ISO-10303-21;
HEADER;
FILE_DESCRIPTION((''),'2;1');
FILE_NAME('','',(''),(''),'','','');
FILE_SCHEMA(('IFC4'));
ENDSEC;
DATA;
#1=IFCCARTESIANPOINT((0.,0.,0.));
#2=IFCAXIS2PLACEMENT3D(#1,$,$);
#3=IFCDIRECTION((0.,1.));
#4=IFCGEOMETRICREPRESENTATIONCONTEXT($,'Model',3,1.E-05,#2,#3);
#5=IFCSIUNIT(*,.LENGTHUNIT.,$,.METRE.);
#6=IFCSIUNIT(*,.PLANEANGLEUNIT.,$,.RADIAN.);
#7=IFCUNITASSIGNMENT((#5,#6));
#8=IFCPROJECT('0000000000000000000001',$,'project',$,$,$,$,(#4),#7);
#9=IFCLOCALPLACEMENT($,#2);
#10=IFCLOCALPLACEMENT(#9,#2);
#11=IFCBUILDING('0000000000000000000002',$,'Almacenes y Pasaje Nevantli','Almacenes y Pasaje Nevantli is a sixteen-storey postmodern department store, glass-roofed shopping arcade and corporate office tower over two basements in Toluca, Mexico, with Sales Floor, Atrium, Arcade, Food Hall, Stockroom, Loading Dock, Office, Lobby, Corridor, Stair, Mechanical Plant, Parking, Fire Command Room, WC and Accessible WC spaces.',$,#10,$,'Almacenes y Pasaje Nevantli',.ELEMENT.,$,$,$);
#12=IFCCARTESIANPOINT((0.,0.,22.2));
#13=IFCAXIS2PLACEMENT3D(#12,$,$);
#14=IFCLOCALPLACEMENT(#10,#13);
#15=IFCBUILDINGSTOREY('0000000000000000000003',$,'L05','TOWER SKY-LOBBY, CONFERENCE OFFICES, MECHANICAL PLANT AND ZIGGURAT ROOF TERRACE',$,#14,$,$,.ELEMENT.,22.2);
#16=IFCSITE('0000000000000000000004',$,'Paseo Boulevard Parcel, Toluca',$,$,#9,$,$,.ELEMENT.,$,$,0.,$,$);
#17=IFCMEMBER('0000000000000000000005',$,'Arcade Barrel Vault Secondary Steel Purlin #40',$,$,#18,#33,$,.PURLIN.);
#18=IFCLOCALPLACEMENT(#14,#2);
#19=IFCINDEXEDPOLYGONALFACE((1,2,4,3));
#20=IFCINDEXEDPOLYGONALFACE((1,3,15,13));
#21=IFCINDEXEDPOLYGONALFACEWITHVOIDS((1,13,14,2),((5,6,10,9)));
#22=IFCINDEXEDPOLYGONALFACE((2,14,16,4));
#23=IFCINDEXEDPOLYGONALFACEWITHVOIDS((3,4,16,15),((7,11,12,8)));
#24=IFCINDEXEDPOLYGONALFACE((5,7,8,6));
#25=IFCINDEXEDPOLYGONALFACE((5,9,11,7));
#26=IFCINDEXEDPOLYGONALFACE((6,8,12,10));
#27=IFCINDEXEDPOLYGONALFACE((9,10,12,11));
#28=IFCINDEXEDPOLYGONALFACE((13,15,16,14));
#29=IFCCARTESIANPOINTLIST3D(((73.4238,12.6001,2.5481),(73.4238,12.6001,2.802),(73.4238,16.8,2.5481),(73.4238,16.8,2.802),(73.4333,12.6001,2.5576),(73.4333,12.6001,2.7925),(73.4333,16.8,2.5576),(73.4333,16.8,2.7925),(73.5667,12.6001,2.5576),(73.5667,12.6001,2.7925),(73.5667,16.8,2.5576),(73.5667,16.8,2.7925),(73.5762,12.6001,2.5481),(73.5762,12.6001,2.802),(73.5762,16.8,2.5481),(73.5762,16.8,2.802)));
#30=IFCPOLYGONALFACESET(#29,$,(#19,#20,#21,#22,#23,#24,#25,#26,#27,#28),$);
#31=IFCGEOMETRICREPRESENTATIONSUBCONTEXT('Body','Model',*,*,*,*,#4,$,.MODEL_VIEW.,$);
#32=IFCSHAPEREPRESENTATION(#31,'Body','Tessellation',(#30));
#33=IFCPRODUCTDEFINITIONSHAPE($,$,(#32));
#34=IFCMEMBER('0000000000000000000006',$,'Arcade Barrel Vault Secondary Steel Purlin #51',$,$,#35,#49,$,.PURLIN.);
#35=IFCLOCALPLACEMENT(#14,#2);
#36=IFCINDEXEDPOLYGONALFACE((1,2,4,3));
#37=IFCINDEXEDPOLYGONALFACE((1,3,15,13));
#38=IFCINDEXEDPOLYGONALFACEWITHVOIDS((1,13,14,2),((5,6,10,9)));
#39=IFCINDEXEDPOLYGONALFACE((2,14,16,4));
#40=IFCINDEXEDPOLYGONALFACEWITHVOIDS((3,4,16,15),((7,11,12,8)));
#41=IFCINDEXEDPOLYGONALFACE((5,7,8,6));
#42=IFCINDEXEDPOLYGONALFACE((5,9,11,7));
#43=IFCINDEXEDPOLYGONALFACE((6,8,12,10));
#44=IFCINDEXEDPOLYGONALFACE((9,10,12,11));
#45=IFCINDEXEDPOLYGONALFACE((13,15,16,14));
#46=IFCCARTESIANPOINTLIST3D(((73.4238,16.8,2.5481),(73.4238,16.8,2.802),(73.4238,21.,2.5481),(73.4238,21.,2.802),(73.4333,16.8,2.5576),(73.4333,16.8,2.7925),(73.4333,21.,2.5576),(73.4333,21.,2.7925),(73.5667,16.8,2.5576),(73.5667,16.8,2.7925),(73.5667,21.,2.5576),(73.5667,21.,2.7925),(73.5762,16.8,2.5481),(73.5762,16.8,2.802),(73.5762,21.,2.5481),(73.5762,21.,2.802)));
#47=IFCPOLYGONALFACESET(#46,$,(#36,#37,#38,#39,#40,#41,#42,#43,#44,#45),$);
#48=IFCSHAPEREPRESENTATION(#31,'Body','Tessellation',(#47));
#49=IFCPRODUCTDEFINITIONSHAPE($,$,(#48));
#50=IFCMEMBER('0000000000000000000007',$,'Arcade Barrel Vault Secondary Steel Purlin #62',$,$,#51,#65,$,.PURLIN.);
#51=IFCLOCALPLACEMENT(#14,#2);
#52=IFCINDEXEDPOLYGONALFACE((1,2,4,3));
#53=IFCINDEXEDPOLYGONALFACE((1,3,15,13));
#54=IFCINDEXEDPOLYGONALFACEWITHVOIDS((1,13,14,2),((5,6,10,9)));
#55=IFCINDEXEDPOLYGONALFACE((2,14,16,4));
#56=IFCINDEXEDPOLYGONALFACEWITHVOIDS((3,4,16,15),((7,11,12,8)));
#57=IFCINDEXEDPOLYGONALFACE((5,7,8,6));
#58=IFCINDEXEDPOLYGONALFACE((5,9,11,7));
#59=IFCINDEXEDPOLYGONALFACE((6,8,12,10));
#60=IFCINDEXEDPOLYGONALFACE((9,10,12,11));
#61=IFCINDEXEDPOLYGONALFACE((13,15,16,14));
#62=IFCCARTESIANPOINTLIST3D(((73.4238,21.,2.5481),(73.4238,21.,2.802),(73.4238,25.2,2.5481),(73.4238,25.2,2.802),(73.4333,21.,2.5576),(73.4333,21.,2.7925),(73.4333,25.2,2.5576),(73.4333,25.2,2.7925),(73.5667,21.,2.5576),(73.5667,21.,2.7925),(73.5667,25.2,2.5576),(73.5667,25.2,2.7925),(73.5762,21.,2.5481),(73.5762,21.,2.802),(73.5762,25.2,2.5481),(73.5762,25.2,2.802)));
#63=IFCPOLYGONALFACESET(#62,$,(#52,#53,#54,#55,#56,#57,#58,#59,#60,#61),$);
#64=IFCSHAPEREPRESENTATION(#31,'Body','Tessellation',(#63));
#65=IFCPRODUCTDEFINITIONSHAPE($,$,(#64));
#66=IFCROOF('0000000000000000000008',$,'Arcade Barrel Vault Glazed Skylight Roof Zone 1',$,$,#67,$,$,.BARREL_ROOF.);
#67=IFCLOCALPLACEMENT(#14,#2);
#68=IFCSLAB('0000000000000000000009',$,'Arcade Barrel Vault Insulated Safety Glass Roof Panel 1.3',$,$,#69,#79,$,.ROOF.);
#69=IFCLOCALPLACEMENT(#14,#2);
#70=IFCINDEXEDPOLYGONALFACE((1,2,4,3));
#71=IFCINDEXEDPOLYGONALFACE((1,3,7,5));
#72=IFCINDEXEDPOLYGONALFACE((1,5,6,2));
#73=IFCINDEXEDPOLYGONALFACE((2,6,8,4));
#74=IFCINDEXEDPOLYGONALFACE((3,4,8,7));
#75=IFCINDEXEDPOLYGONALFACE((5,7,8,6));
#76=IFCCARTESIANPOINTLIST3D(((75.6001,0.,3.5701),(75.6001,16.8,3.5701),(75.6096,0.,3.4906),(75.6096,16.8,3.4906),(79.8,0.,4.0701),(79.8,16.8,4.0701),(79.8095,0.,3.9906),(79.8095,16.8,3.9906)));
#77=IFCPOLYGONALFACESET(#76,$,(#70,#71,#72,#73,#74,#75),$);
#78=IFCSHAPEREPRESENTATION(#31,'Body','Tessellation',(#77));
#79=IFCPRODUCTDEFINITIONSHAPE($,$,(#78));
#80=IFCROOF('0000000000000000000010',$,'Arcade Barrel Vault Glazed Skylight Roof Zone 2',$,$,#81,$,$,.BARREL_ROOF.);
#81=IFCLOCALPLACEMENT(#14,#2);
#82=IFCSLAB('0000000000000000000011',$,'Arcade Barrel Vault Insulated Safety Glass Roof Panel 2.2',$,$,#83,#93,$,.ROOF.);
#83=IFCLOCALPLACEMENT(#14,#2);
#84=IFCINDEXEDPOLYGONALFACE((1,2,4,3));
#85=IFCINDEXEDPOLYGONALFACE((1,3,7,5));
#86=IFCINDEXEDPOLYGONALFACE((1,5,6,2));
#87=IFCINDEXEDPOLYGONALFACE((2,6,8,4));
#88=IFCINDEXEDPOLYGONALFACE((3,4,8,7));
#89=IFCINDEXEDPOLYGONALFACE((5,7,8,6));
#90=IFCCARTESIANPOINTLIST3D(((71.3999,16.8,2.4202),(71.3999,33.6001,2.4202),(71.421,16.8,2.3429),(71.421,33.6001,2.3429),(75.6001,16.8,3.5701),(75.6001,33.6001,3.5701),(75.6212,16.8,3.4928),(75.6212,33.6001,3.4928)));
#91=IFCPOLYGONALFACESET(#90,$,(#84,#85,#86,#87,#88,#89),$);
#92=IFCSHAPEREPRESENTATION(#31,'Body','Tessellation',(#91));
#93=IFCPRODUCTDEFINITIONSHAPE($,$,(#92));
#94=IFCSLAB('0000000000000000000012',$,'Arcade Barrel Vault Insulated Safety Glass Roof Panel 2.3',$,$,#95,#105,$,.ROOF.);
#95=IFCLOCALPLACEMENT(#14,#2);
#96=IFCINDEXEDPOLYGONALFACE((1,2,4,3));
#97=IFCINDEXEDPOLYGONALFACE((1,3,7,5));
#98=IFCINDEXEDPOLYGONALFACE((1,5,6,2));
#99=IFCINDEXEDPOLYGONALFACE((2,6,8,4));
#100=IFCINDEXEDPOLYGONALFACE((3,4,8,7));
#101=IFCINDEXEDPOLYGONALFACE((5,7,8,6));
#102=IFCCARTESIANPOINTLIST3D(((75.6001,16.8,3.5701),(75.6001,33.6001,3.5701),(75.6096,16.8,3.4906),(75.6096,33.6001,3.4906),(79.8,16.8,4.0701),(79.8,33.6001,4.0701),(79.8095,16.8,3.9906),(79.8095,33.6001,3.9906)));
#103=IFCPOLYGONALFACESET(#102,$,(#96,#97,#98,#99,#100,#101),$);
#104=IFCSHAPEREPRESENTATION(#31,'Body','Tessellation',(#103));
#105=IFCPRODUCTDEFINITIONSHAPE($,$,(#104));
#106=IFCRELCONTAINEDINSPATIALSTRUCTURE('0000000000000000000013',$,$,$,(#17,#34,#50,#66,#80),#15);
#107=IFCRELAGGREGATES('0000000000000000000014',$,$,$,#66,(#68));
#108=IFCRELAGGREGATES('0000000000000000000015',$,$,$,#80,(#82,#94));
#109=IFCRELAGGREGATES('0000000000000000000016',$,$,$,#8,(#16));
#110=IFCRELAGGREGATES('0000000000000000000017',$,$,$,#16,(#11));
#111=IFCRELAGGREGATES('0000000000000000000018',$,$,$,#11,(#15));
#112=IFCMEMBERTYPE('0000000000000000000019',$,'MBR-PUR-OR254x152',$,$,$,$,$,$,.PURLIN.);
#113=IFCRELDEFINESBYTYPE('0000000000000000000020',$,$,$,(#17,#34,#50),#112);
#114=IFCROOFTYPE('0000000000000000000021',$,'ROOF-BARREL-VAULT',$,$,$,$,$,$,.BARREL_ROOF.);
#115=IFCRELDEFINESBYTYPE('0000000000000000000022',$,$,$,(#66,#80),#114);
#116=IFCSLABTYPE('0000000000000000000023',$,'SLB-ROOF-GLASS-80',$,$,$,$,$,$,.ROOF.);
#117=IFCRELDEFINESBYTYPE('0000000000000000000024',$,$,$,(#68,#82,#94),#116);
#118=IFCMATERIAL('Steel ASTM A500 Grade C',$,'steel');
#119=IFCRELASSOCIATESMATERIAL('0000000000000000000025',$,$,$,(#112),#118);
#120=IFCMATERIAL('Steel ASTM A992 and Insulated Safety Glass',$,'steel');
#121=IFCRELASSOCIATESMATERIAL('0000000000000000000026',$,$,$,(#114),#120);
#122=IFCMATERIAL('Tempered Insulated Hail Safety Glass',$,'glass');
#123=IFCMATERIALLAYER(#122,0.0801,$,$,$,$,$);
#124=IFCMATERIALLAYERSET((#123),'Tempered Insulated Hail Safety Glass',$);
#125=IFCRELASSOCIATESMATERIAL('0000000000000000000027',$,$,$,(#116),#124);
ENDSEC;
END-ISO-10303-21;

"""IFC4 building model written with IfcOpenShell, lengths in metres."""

from ifc_helpers import new_model, si_unit, direction, frame, origin, origin_2d, place, context, subcontext, project, spatial, polyline, hollow_rectangle, outline, extrude, material, layer, layer_set, material_profile, profile_set, type_object, element, aggregate, save


model = new_model("IFC4")

# Units and contexts
model_context = context("Model", 3, precision=1e-05, world=origin(), true_north=direction((0.0, 1.0)))
body_context = subcontext(model_context, "Body", "Model", "MODEL_VIEW")
ifc_project = project(units=[si_unit("LENGTHUNIT", "METRE"), si_unit("PLANEANGLEUNIT", "RADIAN")], contexts=[model_context])

# Site, building, storey
site_placement = place(None, origin())
site = spatial("IfcSite", under=ifc_project, at=site_placement, Name="Paseo Boulevard Parcel, Toluca", CompositionType="ELEMENT", RefElevation=0.0)
building_placement = place(site_placement, origin())
building = spatial("IfcBuilding", under=site, at=building_placement, Name="Almacenes y Pasaje Nevantli", Description="Almacenes y Pasaje Nevantli is a sixteen-storey postmodern department store, glass-roofed shopping arcade and corporate office tower over two basements in Toluca, Mexico, with Sales Floor, Atrium, Arcade, Food Hall, Stockroom, Loading Dock, Office, Lobby, Corridor, Stair, Mechanical Plant, Parking, Fire Command Room, WC and Accessible WC spaces.", LongName="Almacenes y Pasaje Nevantli", CompositionType="ELEMENT")
storey_placement = place(building_placement, frame((0.0, 0.0, 22.2)))
storey = spatial("IfcBuildingStorey", under=building, at=storey_placement, Name="L05", Description="TOWER SKY-LOBBY, CONFERENCE OFFICES, MECHANICAL PLANT AND ZIGGURAT ROOF TERRACE", CompositionType="ELEMENT", Elevation=22.2)

# Members
ifc_material_1 = material(Name="Steel ASTM A500 Grade C", Category="steel")
ifc_material_profile_1 = material_profile(ifc_material_1, hollow_rectangle(XDim=0.1523, YDim=0.2539, WallThickness=0.0095, at=origin_2d()), Name="OR 254x152x9.5")
ifc_profile_set_1 = profile_set([ifc_material_profile_1], Name="Steel ASTM A500 Grade C")
member_type_1 = type_object("IfcMemberType", Name="MBR-PUR-OR254x152", PredefinedType="PURLIN", material=ifc_profile_set_1)
for number, where, z_axis, x_axis, name in (
    (1, (73.5, 12.6001, 2.675), (0.0, 1.0, 0.0), (-1.0, 0.0, 0.0), "Arcade Barrel Vault Secondary Steel Purlin #40"),
    (2, (73.5, 16.8, 2.675), (0.0, 1.0, 0.0), (-1.0, 0.0, 0.0), "Arcade Barrel Vault Secondary Steel Purlin #51"),
    (3, (73.5, 21.0, 2.675), (0.0, 1.0, 0.0), (-1.0, 0.0, 0.0), "Arcade Barrel Vault Secondary Steel Purlin #62"),
):
    element("IfcMember", number, at=place(storey_placement, frame(where, z_axis=z_axis, x_axis=x_axis)), inside=storey, type_object=member_type_1, Name=name, PredefinedType="PURLIN", context=body_context, shape_type="SweptSolid", body=[
        extrude(hollow_rectangle(XDim=0.1523, YDim=0.2539, WallThickness=0.0095, at=origin_2d()), origin(), (0.0, 0.0, 1.0), 4.2),
    ])

# Roof, slab
ifc_material_2 = material(Name="Steel ASTM A992 and Insulated Safety Glass", Category="steel")
roof_type = type_object("IfcRoofType", Name="ROOF-BARREL-VAULT", PredefinedType="BARREL_ROOF", material=ifc_material_2)
roof_1_placement = place(storey_placement, origin())
roof_1 = element("IfcRoof", 4, at=roof_1_placement, inside=storey, type_object=roof_type, Name="Arcade Barrel Vault Glazed Skylight Roof Zone 1", PredefinedType="BARREL_ROOF")
ifc_material_3 = material(Name="Tempered Insulated Hail Safety Glass", Category="glass")
ifc_layer = layer(ifc_material_3, 0.0801)
ifc_layer_set = layer_set([ifc_layer], Name="Tempered Insulated Hail Safety Glass")
slab_type = type_object("IfcSlabType", Name="SLB-ROOF-GLASS-80", PredefinedType="ROOF", material=ifc_layer_set)
slab_1_placement = place(storey_placement, frame((75.6001, 0.0, 3.5701), z_axis=(-0.118214, 0.0, 0.992988), x_axis=(0.992988, 0.0, 0.118214)))
slab_1 = element("IfcSlab", 5, at=slab_1_placement, type_object=slab_type, Name="Arcade Barrel Vault Insulated Safety Glass Roof Panel 1.3", PredefinedType="ROOF", context=body_context, shape_type="SweptSolid", body=[
    extrude(outline(polyline([(0.0, 0.0), (4.2296, 0.0), (4.2296, 16.8), (0.0, 16.8), (0.0, 0.0)])), origin(), (0.0, 0.0, -1.0), 0.0801),
])
aggregate(roof_1, [slab_1])

# Roof, slabs
roof_2_placement = place(storey_placement, origin())
roof_2 = element("IfcRoof", 6, at=roof_2_placement, inside=storey, type_object=roof_type, Name="Arcade Barrel Vault Glazed Skylight Roof Zone 2", PredefinedType="BARREL_ROOF")
slab_2_placement = place(storey_placement, frame((71.3999, 16.8, 2.4202), z_axis=(-0.264057, 0.0, 0.964507), x_axis=(0.964507, 0.0, 0.264057)))
slab_2 = element("IfcSlab", 7, at=slab_2_placement, type_object=slab_type, Name="Arcade Barrel Vault Insulated Safety Glass Roof Panel 2.2", PredefinedType="ROOF", context=body_context, shape_type="SweptSolid", body=[
    extrude(outline(polyline([(0.0, 0.0), (4.3548, 0.0), (4.3548, 16.8), (0.0, 16.8), (0.0, 0.0)])), origin(), (0.0, 0.0, -1.0), 0.0801),
])
slab_3_placement = place(storey_placement, frame((75.6001, 16.8, 3.5701), z_axis=(-0.118214, 0.0, 0.992988), x_axis=(0.992988, 0.0, 0.118214)))
slab_3 = element("IfcSlab", 8, at=slab_3_placement, type_object=slab_type, Name="Arcade Barrel Vault Insulated Safety Glass Roof Panel 2.3", PredefinedType="ROOF", context=body_context, shape_type="SweptSolid", body=[
    extrude(outline(polyline([(0.0, 0.0), (4.2296, 0.0), (4.2296, 16.8), (0.0, 16.8), (0.0, 0.0)])), origin(), (0.0, 0.0, -1.0), 0.0801),
])
aggregate(roof_2, [slab_2, slab_3])

save(model, "model.ifc")
